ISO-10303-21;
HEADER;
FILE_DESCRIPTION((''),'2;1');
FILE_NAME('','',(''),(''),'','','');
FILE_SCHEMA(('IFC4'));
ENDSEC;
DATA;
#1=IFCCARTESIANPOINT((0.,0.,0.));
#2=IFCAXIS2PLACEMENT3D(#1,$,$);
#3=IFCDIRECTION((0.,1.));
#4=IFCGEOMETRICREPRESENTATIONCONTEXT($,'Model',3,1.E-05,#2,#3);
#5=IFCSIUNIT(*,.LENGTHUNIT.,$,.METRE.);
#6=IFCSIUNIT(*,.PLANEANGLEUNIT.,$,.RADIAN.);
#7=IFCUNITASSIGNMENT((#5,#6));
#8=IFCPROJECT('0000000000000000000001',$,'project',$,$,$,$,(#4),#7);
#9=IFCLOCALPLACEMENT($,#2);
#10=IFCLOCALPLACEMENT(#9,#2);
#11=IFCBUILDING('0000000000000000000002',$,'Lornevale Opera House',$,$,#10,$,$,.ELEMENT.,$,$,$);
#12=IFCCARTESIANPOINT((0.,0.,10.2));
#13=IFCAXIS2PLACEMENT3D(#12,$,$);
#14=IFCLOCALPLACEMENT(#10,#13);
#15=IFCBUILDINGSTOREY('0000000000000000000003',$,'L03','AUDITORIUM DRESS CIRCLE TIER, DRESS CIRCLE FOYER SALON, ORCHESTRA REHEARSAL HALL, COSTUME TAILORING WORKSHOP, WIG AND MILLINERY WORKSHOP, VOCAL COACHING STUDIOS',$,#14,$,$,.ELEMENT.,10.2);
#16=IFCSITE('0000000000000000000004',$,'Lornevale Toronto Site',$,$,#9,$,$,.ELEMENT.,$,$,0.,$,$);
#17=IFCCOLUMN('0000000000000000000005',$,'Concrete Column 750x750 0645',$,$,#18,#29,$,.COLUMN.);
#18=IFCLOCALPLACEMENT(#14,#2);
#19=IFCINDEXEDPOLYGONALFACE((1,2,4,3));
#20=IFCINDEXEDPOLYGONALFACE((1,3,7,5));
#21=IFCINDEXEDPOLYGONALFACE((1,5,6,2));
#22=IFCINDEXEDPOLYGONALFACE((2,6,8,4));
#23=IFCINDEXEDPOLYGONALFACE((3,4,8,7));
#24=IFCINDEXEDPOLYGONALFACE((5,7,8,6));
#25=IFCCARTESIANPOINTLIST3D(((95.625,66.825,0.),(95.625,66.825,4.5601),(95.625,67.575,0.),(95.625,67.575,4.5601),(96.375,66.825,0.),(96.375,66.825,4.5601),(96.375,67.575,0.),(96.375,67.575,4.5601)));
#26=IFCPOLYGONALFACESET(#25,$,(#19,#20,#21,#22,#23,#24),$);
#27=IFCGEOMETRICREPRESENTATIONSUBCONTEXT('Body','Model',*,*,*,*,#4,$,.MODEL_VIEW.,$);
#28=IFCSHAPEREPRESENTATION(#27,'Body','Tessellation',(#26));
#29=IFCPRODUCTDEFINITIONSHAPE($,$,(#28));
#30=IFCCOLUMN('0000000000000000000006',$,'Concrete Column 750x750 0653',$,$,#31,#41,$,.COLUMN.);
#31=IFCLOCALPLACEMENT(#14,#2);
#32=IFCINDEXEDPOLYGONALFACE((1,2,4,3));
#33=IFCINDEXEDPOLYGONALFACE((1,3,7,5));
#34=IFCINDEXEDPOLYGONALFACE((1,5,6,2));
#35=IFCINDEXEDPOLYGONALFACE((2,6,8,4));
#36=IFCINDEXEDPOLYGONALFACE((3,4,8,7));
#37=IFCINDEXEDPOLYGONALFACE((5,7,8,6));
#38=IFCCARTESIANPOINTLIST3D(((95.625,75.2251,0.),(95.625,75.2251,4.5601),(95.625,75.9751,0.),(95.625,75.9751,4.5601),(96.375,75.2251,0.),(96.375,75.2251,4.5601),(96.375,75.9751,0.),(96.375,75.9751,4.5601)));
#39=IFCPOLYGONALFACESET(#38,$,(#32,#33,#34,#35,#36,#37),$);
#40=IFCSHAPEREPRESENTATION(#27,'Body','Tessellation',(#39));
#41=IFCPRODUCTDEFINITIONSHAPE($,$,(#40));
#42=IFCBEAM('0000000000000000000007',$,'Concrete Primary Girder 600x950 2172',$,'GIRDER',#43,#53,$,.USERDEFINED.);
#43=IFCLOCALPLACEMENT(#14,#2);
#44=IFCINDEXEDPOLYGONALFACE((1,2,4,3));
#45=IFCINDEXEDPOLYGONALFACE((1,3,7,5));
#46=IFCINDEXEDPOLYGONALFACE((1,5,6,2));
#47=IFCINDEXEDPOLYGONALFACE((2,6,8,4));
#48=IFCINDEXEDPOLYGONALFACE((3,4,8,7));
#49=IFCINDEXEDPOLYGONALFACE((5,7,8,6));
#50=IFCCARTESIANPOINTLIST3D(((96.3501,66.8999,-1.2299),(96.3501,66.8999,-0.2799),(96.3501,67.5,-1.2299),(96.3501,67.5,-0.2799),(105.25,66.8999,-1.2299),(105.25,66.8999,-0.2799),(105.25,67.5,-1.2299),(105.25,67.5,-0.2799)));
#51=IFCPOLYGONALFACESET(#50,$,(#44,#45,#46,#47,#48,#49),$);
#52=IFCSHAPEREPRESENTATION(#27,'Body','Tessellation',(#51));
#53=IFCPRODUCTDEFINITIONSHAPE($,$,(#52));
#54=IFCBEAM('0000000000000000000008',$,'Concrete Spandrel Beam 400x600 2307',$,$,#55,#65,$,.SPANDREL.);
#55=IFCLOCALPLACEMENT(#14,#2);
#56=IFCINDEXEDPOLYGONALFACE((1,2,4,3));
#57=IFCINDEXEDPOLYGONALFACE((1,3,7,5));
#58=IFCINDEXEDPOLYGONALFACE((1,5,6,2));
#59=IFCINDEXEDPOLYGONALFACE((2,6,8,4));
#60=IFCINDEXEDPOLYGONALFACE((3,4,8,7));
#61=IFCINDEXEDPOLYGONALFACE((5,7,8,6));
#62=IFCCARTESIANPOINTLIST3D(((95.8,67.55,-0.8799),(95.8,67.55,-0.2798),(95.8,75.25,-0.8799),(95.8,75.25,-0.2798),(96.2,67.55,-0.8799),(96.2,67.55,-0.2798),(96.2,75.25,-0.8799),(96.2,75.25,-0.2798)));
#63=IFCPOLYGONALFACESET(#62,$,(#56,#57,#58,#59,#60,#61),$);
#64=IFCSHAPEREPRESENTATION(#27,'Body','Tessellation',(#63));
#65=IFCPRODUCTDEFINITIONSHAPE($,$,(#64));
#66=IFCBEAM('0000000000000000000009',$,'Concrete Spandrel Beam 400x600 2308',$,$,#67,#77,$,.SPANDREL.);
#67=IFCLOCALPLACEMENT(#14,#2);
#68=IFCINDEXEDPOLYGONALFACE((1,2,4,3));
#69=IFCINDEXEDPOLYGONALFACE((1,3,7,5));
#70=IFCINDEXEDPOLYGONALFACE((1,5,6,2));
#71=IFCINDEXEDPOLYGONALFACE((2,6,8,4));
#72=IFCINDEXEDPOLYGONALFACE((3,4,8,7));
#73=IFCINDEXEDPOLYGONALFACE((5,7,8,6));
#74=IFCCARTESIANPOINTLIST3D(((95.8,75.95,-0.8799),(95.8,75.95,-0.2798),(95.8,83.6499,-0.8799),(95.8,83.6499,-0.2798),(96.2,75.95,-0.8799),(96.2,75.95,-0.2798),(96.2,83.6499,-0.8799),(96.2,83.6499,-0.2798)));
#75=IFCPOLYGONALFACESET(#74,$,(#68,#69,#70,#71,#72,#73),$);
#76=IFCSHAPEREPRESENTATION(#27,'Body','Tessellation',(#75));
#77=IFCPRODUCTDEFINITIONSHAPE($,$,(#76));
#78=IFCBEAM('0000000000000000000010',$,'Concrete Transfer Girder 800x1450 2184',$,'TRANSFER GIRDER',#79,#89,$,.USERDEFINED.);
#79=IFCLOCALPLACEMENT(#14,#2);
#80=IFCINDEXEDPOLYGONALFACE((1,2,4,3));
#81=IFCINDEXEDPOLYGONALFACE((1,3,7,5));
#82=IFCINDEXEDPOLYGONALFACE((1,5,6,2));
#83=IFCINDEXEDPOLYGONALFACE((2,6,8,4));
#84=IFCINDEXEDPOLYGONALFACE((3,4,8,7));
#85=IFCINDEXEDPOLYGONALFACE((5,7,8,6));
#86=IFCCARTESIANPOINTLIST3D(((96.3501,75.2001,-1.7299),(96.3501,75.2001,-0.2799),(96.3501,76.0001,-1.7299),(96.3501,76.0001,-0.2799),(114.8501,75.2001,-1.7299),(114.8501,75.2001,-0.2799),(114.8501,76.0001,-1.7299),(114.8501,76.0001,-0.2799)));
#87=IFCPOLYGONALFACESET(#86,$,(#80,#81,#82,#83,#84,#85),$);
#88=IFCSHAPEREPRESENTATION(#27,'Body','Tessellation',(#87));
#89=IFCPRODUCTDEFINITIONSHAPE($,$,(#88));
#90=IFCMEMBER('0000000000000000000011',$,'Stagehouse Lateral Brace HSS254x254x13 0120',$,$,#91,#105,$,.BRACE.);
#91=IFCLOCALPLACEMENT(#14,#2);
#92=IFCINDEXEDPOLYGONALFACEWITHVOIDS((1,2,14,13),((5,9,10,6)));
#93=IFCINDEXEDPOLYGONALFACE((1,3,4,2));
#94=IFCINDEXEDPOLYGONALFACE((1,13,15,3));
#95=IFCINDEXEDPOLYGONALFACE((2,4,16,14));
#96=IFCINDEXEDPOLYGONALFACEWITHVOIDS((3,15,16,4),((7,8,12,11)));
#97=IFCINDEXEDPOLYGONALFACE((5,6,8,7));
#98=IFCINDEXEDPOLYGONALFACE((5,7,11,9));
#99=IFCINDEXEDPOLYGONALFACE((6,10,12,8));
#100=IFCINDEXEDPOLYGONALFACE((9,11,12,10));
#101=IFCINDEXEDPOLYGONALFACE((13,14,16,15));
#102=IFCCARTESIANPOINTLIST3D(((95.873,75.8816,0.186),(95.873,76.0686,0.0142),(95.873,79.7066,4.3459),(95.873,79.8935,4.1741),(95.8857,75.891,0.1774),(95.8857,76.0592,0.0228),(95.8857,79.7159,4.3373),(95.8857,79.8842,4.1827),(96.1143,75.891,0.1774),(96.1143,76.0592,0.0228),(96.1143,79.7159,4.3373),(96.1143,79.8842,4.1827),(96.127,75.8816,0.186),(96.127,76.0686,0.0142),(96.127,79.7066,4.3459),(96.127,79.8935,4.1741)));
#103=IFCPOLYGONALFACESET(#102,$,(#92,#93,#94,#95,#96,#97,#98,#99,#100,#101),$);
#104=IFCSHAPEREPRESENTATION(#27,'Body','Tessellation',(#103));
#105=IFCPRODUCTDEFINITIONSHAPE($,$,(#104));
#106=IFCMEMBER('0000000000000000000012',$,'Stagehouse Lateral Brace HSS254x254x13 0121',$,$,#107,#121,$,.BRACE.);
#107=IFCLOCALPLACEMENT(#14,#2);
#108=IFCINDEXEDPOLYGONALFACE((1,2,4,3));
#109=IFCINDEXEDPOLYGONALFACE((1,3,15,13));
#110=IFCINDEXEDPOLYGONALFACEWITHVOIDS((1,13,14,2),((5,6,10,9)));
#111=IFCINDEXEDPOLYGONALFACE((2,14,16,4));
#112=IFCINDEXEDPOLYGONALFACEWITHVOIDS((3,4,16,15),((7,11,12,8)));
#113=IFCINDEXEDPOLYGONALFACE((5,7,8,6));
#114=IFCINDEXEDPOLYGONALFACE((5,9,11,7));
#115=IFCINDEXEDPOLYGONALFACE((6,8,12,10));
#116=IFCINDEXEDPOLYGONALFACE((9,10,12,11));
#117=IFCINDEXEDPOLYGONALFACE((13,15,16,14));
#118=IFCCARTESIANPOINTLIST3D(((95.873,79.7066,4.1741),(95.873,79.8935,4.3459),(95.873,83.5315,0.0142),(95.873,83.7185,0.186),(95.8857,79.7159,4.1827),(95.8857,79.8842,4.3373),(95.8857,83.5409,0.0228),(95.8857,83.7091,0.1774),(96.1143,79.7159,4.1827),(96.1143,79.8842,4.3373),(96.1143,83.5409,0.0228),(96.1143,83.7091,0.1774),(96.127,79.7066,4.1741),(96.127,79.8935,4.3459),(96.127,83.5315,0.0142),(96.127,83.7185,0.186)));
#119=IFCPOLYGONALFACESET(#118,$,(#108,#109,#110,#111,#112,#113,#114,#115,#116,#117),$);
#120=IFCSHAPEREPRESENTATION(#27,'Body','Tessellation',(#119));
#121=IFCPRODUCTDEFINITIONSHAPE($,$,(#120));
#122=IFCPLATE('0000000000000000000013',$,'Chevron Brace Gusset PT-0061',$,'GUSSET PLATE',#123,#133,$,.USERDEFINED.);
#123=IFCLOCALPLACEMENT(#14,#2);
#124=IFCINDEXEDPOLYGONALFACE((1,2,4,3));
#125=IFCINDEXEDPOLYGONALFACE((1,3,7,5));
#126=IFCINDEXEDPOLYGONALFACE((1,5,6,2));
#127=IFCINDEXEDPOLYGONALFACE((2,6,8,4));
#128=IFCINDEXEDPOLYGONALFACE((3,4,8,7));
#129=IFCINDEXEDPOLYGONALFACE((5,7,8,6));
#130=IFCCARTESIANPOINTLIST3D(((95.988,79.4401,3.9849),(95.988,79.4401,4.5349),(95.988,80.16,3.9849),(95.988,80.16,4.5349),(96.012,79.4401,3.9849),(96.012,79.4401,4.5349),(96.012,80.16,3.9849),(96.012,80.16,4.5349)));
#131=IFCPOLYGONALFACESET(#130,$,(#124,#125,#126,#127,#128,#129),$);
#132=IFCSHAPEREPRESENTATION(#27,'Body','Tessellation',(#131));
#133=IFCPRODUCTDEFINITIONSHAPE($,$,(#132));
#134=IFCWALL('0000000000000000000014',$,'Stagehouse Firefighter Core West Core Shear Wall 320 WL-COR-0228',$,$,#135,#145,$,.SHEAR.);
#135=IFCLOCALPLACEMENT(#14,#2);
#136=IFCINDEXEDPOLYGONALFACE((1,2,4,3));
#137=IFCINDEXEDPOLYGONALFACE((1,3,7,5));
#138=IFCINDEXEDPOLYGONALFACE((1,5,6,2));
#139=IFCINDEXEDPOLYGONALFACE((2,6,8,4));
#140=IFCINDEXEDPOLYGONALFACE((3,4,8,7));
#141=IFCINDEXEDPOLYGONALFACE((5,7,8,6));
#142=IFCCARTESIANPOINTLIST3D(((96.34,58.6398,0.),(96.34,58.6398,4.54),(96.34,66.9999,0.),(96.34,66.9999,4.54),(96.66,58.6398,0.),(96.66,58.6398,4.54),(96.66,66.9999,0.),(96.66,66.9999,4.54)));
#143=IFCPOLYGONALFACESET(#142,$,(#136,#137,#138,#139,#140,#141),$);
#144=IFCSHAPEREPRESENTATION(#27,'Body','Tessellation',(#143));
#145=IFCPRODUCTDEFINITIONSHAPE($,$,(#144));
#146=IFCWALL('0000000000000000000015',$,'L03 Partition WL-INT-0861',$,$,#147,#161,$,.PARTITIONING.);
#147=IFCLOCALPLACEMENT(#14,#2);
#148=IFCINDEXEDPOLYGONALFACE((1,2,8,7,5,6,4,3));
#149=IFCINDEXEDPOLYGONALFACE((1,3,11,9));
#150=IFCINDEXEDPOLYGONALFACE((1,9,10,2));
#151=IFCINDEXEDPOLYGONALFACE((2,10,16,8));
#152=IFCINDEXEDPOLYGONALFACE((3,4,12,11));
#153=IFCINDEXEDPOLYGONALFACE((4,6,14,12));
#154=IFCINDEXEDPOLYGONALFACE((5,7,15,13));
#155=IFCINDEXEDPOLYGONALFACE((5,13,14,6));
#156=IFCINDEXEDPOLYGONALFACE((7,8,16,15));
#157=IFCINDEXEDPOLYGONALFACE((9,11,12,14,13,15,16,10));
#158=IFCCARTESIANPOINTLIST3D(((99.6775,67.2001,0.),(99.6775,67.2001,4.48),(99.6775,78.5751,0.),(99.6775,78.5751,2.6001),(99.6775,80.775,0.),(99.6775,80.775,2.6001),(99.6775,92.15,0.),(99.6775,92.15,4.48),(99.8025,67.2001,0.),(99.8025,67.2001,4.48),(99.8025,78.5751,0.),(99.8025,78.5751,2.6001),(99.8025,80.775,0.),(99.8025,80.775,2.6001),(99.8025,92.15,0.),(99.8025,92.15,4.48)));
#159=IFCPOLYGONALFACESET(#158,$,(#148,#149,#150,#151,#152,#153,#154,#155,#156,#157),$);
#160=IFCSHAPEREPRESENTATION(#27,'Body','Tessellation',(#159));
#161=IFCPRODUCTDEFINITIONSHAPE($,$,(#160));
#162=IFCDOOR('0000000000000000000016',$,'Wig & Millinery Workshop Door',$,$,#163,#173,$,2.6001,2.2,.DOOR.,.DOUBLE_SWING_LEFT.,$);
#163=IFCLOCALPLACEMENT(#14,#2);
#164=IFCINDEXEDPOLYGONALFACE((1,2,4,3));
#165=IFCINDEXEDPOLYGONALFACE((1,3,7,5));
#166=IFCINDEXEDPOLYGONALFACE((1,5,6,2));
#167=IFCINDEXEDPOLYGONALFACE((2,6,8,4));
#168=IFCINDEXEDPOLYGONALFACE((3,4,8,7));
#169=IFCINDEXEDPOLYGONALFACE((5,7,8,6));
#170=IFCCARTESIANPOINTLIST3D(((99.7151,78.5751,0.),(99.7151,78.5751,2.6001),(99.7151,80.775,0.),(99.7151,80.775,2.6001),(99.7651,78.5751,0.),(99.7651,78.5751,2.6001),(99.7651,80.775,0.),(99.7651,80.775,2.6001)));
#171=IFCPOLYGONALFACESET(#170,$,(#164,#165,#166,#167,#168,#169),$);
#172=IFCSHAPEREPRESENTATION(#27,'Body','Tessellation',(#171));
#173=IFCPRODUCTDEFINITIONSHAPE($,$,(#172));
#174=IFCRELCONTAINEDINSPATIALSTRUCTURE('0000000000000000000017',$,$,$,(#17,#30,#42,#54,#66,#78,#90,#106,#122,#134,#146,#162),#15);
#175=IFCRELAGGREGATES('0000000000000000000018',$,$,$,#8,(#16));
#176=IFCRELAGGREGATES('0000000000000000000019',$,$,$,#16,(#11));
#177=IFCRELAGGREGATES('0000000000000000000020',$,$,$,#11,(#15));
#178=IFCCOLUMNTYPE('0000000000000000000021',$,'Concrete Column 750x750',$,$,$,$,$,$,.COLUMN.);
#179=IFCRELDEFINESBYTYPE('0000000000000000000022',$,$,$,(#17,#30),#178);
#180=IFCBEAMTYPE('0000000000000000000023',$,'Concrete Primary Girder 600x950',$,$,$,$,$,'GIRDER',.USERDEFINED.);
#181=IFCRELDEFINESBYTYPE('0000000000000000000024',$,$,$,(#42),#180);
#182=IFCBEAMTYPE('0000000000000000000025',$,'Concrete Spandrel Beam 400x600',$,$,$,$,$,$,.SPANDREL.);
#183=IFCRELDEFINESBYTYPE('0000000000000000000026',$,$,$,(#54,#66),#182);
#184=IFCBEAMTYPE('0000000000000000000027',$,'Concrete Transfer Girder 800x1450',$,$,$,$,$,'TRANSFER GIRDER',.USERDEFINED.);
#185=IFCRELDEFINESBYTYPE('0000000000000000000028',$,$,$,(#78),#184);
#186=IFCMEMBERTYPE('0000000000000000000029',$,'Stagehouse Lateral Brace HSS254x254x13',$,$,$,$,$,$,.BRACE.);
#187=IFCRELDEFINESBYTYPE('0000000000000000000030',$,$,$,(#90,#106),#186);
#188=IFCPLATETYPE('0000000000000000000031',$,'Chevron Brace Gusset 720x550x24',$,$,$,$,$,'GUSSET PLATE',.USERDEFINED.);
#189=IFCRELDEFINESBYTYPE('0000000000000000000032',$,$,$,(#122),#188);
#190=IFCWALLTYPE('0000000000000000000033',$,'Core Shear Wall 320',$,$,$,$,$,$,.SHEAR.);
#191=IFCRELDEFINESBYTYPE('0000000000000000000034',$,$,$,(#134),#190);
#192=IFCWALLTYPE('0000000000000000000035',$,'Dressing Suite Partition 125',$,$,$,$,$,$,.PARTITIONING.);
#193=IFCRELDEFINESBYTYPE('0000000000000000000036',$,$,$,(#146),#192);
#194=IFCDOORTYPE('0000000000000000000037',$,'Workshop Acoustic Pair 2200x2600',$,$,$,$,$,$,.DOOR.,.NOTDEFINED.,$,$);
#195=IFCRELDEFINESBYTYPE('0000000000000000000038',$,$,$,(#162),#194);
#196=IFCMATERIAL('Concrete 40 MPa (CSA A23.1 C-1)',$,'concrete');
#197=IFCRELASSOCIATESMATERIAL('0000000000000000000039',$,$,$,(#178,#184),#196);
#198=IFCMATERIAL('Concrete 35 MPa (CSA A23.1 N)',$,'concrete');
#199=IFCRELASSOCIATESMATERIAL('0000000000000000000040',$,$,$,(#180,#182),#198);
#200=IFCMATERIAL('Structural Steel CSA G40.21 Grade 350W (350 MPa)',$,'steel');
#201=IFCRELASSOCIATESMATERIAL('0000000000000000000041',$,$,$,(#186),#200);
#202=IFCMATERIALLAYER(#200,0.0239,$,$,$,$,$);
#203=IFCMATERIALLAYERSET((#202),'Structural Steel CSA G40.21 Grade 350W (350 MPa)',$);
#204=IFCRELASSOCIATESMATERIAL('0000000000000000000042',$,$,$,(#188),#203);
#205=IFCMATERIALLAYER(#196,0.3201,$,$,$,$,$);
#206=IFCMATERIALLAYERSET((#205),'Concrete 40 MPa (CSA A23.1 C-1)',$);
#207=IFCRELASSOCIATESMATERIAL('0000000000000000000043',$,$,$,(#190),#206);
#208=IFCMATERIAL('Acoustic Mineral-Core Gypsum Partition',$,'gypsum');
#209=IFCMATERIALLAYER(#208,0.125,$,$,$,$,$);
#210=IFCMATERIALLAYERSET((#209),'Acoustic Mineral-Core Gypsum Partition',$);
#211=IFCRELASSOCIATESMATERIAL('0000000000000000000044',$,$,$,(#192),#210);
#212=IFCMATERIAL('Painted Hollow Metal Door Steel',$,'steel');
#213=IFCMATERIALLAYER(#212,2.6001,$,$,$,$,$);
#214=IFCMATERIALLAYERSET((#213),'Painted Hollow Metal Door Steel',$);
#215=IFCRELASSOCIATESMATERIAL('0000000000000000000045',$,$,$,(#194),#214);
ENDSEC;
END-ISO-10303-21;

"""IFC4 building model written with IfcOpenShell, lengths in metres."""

from ifc_helpers import new_model, si_unit, direction, frame, frame_2d, origin, origin_2d, place, context, subcontext, project, spatial, rectangle, hollow_rectangle, extrude, material, layer, layer_set, material_profile, profile_set, type_object, element, fill, save


model = new_model("IFC4")

# Units and contexts
model_context = context("Model", 3, precision=1e-05, world=origin(), true_north=direction((0.0, 1.0)))
body_context = subcontext(model_context, "Body", "Model", "MODEL_VIEW")
ifc_project = project(units=[si_unit("LENGTHUNIT", "METRE"), si_unit("PLANEANGLEUNIT", "RADIAN")], contexts=[model_context])

# Site, building, storey
site_placement = place(None, origin())
site = spatial("IfcSite", under=ifc_project, at=site_placement, Name="Lornevale Toronto Site", CompositionType="ELEMENT", RefElevation=0.0)
building_placement = place(site_placement, origin())
building = spatial("IfcBuilding", under=site, at=building_placement, Name="Lornevale Opera House", CompositionType="ELEMENT")
storey_placement = place(building_placement, frame((0.0, 0.0, 10.2)))
storey = spatial("IfcBuildingStorey", under=building, at=storey_placement, Name="L03", Description="AUDITORIUM DRESS CIRCLE TIER, DRESS CIRCLE FOYER SALON, ORCHESTRA REHEARSAL HALL, COSTUME TAILORING WORKSHOP, WIG AND MILLINERY WORKSHOP, VOCAL COACHING STUDIOS", CompositionType="ELEMENT", Elevation=10.2)

# Columns
ifc_material_1 = material(Name="Concrete 40 MPa (CSA A23.1 C-1)", Category="concrete")
ifc_material_profile_1 = material_profile(ifc_material_1, rectangle(XDim=0.75, YDim=0.75, at=origin_2d()), Name="RC750x750")
ifc_profile_set_1 = profile_set([ifc_material_profile_1], Name="Concrete 40 MPa (CSA A23.1 C-1)")
column_type = type_object("IfcColumnType", Name="Concrete Column 750x750", PredefinedType="COLUMN", material=ifc_profile_set_1)
for number, where, z_axis, x_axis, name in (
    (1, (96.0, 67.2, 0.0), (0.0, 0.0, 1.0), (1.0, 0.0, 0.0), "Concrete Column 750x750 0645"),
    (2, (96.0, 75.6001, 0.0), (0.0, 0.0, 1.0), (1.0, 0.0, 0.0), "Concrete Column 750x750 0653"),
):
    element("IfcColumn", number, at=place(storey_placement, frame(where, z_axis=z_axis, x_axis=x_axis)), inside=storey, type_object=column_type, Name=name, PredefinedType="COLUMN", context=body_context, shape_type="SweptSolid", body=[
        extrude(rectangle(XDim=0.75, YDim=0.75, at=origin_2d()), origin(), (0.0, 0.0, 1.0), 4.5601),
    ])

# Beams
ifc_material_2 = material(Name="Concrete 35 MPa (CSA A23.1 N)", Category="concrete")
ifc_material_profile_2 = material_profile(ifc_material_2, rectangle(XDim=0.6001, YDim=0.95, at=origin_2d()), Name="RC600x950")
ifc_profile_set_2 = profile_set([ifc_material_profile_2], Name="Concrete 35 MPa (CSA A23.1 N)")
beam_type_1 = type_object("IfcBeamType", Name="Concrete Primary Girder 600x950", ElementType="GIRDER", PredefinedType="USERDEFINED", material=ifc_profile_set_2)
beam_1_placement = place(storey_placement, frame((96.3501, 67.2, -0.7549), z_axis=(1.0, 0.0, 0.0), x_axis=(0.0, 1.0, 0.0)))
element("IfcBeam", 3, at=beam_1_placement, inside=storey, type_object=beam_type_1, Name="Concrete Primary Girder 600x950 2172", ObjectType="GIRDER", PredefinedType="USERDEFINED", context=body_context, shape_type="SweptSolid", body=[
    extrude(rectangle(XDim=0.6001, YDim=0.95, at=origin_2d()), origin(), (0.0, 0.0, 1.0), 8.8999),
])
ifc_material_profile_3 = material_profile(ifc_material_2, rectangle(XDim=0.3999, YDim=0.6001, at=origin_2d()), Name="RC400x600")
ifc_profile_set_3 = profile_set([ifc_material_profile_3], Name="Concrete 35 MPa (CSA A23.1 N)")
beam_type_2 = type_object("IfcBeamType", Name="Concrete Spandrel Beam 400x600", PredefinedType="SPANDREL", material=ifc_profile_set_3)
for number, where, z_axis, x_axis, name in (
    (4, (96.0, 67.55, -0.5798), (0.0, 1.0, 0.0), (-1.0, 0.0, 0.0), "Concrete Spandrel Beam 400x600 2307"),
    (5, (96.0, 75.95, -0.5798), (0.0, 1.0, 0.0), (-1.0, 0.0, 0.0), "Concrete Spandrel Beam 400x600 2308"),
):
    element("IfcBeam", number, at=place(storey_placement, frame(where, z_axis=z_axis, x_axis=x_axis)), inside=storey, type_object=beam_type_2, Name=name, PredefinedType="SPANDREL", context=body_context, shape_type="SweptSolid", body=[
        extrude(rectangle(XDim=0.3999, YDim=0.6001, at=origin_2d()), origin(), (0.0, 0.0, 1.0), 7.7),
    ])
ifc_material_profile_4 = material_profile(ifc_material_1, rectangle(XDim=0.8, YDim=1.45, at=origin_2d()), Name="RC800x1450")
ifc_profile_set_4 = profile_set([ifc_material_profile_4], Name="Concrete 40 MPa (CSA A23.1 C-1)")
beam_type_3 = type_object("IfcBeamType", Name="Concrete Transfer Girder 800x1450", ElementType="TRANSFER GIRDER", PredefinedType="USERDEFINED", material=ifc_profile_set_4)
beam_2_placement = place(storey_placement, frame((96.3501, 75.6001, -1.0049), z_axis=(1.0, 0.0, 0.0), x_axis=(0.0, 1.0, 0.0)))
element("IfcBeam", 6, at=beam_2_placement, inside=storey, type_object=beam_type_3, Name="Concrete Transfer Girder 800x1450 2184", ObjectType="TRANSFER GIRDER", PredefinedType="USERDEFINED", context=body_context, shape_type="SweptSolid", body=[
    extrude(rectangle(XDim=0.8, YDim=1.45, at=origin_2d()), origin(), (0.0, 0.0, 1.0), 18.5),
])

# Members
ifc_material_3 = material(Name="Structural Steel CSA G40.21 Grade 350W (350 MPa)", Category="steel")
ifc_material_profile_5 = material_profile(ifc_material_3, hollow_rectangle(XDim=0.2539, YDim=0.2539, WallThickness=0.0127, at=origin_2d()), Name="HSS254x254x13")
ifc_profile_set_5 = profile_set([ifc_material_profile_5], Name="Structural Steel CSA G40.21 Grade 350W (350 MPa)")
member_type = type_object("IfcMemberType", Name="Stagehouse Lateral Brace HSS254x254x13", PredefinedType="BRACE", material=ifc_profile_set_5)
for number, where, z_axis, x_axis, name in (
    (7, (96.0, 75.9751, 0.1001), (0.0, 0.676849, 0.736122), (-1.0, 0.0, 0.0), "Stagehouse Lateral Brace HSS254x254x13 0120"),
    (8, (96.0, 83.625, 0.1001), (0.0, -0.676849, 0.736122), (1.0, 0.0, 0.0), "Stagehouse Lateral Brace HSS254x254x13 0121"),
):
    element("IfcMember", number, at=place(storey_placement, frame(where, z_axis=z_axis, x_axis=x_axis)), inside=storey, type_object=member_type, Name=name, PredefinedType="BRACE", context=body_context, shape_type="SweptSolid", body=[
        extrude(hollow_rectangle(XDim=0.2539, YDim=0.2539, WallThickness=0.0127, at=origin_2d()), origin(), (0.0, 0.0, 1.0), 5.6511),
    ])

# Plate
ifc_layer_1 = layer(ifc_material_3, 0.0239)
ifc_layer_set_1 = layer_set([ifc_layer_1], Name="Structural Steel CSA G40.21 Grade 350W (350 MPa)")
plate_type = type_object("IfcPlateType", Name="Chevron Brace Gusset 720x550x24", ElementType="GUSSET PLATE", PredefinedType="USERDEFINED", material=ifc_layer_set_1)
plate_placement = place(storey_placement, frame((96.0, 79.8, 3.9849), z_axis=(0.0, 0.0, 1.0), x_axis=(0.0, 1.0, 0.0)))
element("IfcPlate", 9, at=plate_placement, inside=storey, type_object=plate_type, Name="Chevron Brace Gusset PT-0061", ObjectType="GUSSET PLATE", PredefinedType="USERDEFINED", context=body_context, shape_type="SweptSolid", body=[
    extrude(rectangle(XDim=0.72, YDim=0.0239, at=origin_2d()), origin(), (0.0, 0.0, 1.0), 0.55),
])

# Wall
ifc_layer_2 = layer(ifc_material_1, 0.3201)
ifc_layer_set_2 = layer_set([ifc_layer_2], Name="Concrete 40 MPa (CSA A23.1 C-1)")
wall_type_1 = type_object("IfcWallType", Name="Core Shear Wall 320", PredefinedType="SHEAR", material=ifc_layer_set_2)
wall_1_placement = place(storey_placement, frame((96.5, 67.0, 0.0), z_axis=(0.0, 0.0, 1.0), x_axis=(0.0, -1.0, 0.0)))
element("IfcWall", 10, at=wall_1_placement, inside=storey, type_object=wall_type_1, Name="Stagehouse Firefighter Core West Core Shear Wall 320 WL-COR-0228", PredefinedType="SHEAR", context=body_context, shape_type="SweptSolid", body=[
    extrude(rectangle(XDim=8.3601, YDim=0.3201, at=frame_2d((4.1802, 0.0))), origin(), (0.0, 0.0, 1.0), 4.54),
])

# Wall, opening, door
ifc_material_4 = material(Name="Acoustic Mineral-Core Gypsum Partition", Category="gypsum")
ifc_layer_3 = layer(ifc_material_4, 0.125)
ifc_layer_set_3 = layer_set([ifc_layer_3], Name="Acoustic Mineral-Core Gypsum Partition")
wall_type_2 = type_object("IfcWallType", Name="Dressing Suite Partition 125", PredefinedType="PARTITIONING", material=ifc_layer_set_3)
wall_2_placement = place(storey_placement, frame((99.74, 67.2, 0.0), z_axis=(0.0, 0.0, 1.0), x_axis=(0.0, 1.0, 0.0)))
wall_2 = element("IfcWall", 11, at=wall_2_placement, inside=storey, type_object=wall_type_2, Name="L03 Partition WL-INT-0861", PredefinedType="PARTITIONING", context=body_context, shape_type="SweptSolid", body=[
    extrude(rectangle(XDim=24.95, YDim=0.125, at=frame_2d((12.4751, 0.0))), origin(), (0.0, 0.0, 1.0), 4.48),
])
opening_placement = place(wall_2_placement, frame((11.375, 0.0, 0.0)))
opening = element("IfcOpeningElement", 12, at=opening_placement, cuts=wall_2, PredefinedType="OPENING", context=body_context, shape_type="SweptSolid", body=[
    extrude(rectangle(XDim=2.2, YDim=2.6001, at=frame_2d((1.1001, 1.3))), frame((0.0, 0.0725, 0.0), z_axis=(0.0, -1.0, 0.0), x_axis=(1.0, 0.0, 0.0)), (0.0, 0.0, 1.0), 0.145),
])
ifc_material_5 = material(Name="Painted Hollow Metal Door Steel", Category="steel")
ifc_layer_4 = layer(ifc_material_5, 2.6001)
ifc_layer_set_4 = layer_set([ifc_layer_4], Name="Painted Hollow Metal Door Steel")
door_type = type_object("IfcDoorType", Name="Workshop Acoustic Pair 2200x2600", OperationType="NOTDEFINED", PredefinedType="DOOR", material=ifc_layer_set_4)
door_placement = place(opening_placement, origin())
door = element("IfcDoor", 13, at=door_placement, inside=storey, type_object=door_type, Name="Wig & Millinery Workshop Door", OperationType="DOUBLE_SWING_LEFT", OverallHeight=2.6001, OverallWidth=2.2, PredefinedType="DOOR", context=body_context, shape_type="SweptSolid", body=[
    extrude(rectangle(XDim=2.2, YDim=2.6001, at=frame_2d((1.1001, 1.3))), frame((0.0, 0.0249, 0.0), z_axis=(0.0, -1.0, 0.0), x_axis=(1.0, 0.0, 0.0)), (0.0, 0.0, 1.0), 0.05),
])
fill(opening, door)

save(model, "model.ifc")
